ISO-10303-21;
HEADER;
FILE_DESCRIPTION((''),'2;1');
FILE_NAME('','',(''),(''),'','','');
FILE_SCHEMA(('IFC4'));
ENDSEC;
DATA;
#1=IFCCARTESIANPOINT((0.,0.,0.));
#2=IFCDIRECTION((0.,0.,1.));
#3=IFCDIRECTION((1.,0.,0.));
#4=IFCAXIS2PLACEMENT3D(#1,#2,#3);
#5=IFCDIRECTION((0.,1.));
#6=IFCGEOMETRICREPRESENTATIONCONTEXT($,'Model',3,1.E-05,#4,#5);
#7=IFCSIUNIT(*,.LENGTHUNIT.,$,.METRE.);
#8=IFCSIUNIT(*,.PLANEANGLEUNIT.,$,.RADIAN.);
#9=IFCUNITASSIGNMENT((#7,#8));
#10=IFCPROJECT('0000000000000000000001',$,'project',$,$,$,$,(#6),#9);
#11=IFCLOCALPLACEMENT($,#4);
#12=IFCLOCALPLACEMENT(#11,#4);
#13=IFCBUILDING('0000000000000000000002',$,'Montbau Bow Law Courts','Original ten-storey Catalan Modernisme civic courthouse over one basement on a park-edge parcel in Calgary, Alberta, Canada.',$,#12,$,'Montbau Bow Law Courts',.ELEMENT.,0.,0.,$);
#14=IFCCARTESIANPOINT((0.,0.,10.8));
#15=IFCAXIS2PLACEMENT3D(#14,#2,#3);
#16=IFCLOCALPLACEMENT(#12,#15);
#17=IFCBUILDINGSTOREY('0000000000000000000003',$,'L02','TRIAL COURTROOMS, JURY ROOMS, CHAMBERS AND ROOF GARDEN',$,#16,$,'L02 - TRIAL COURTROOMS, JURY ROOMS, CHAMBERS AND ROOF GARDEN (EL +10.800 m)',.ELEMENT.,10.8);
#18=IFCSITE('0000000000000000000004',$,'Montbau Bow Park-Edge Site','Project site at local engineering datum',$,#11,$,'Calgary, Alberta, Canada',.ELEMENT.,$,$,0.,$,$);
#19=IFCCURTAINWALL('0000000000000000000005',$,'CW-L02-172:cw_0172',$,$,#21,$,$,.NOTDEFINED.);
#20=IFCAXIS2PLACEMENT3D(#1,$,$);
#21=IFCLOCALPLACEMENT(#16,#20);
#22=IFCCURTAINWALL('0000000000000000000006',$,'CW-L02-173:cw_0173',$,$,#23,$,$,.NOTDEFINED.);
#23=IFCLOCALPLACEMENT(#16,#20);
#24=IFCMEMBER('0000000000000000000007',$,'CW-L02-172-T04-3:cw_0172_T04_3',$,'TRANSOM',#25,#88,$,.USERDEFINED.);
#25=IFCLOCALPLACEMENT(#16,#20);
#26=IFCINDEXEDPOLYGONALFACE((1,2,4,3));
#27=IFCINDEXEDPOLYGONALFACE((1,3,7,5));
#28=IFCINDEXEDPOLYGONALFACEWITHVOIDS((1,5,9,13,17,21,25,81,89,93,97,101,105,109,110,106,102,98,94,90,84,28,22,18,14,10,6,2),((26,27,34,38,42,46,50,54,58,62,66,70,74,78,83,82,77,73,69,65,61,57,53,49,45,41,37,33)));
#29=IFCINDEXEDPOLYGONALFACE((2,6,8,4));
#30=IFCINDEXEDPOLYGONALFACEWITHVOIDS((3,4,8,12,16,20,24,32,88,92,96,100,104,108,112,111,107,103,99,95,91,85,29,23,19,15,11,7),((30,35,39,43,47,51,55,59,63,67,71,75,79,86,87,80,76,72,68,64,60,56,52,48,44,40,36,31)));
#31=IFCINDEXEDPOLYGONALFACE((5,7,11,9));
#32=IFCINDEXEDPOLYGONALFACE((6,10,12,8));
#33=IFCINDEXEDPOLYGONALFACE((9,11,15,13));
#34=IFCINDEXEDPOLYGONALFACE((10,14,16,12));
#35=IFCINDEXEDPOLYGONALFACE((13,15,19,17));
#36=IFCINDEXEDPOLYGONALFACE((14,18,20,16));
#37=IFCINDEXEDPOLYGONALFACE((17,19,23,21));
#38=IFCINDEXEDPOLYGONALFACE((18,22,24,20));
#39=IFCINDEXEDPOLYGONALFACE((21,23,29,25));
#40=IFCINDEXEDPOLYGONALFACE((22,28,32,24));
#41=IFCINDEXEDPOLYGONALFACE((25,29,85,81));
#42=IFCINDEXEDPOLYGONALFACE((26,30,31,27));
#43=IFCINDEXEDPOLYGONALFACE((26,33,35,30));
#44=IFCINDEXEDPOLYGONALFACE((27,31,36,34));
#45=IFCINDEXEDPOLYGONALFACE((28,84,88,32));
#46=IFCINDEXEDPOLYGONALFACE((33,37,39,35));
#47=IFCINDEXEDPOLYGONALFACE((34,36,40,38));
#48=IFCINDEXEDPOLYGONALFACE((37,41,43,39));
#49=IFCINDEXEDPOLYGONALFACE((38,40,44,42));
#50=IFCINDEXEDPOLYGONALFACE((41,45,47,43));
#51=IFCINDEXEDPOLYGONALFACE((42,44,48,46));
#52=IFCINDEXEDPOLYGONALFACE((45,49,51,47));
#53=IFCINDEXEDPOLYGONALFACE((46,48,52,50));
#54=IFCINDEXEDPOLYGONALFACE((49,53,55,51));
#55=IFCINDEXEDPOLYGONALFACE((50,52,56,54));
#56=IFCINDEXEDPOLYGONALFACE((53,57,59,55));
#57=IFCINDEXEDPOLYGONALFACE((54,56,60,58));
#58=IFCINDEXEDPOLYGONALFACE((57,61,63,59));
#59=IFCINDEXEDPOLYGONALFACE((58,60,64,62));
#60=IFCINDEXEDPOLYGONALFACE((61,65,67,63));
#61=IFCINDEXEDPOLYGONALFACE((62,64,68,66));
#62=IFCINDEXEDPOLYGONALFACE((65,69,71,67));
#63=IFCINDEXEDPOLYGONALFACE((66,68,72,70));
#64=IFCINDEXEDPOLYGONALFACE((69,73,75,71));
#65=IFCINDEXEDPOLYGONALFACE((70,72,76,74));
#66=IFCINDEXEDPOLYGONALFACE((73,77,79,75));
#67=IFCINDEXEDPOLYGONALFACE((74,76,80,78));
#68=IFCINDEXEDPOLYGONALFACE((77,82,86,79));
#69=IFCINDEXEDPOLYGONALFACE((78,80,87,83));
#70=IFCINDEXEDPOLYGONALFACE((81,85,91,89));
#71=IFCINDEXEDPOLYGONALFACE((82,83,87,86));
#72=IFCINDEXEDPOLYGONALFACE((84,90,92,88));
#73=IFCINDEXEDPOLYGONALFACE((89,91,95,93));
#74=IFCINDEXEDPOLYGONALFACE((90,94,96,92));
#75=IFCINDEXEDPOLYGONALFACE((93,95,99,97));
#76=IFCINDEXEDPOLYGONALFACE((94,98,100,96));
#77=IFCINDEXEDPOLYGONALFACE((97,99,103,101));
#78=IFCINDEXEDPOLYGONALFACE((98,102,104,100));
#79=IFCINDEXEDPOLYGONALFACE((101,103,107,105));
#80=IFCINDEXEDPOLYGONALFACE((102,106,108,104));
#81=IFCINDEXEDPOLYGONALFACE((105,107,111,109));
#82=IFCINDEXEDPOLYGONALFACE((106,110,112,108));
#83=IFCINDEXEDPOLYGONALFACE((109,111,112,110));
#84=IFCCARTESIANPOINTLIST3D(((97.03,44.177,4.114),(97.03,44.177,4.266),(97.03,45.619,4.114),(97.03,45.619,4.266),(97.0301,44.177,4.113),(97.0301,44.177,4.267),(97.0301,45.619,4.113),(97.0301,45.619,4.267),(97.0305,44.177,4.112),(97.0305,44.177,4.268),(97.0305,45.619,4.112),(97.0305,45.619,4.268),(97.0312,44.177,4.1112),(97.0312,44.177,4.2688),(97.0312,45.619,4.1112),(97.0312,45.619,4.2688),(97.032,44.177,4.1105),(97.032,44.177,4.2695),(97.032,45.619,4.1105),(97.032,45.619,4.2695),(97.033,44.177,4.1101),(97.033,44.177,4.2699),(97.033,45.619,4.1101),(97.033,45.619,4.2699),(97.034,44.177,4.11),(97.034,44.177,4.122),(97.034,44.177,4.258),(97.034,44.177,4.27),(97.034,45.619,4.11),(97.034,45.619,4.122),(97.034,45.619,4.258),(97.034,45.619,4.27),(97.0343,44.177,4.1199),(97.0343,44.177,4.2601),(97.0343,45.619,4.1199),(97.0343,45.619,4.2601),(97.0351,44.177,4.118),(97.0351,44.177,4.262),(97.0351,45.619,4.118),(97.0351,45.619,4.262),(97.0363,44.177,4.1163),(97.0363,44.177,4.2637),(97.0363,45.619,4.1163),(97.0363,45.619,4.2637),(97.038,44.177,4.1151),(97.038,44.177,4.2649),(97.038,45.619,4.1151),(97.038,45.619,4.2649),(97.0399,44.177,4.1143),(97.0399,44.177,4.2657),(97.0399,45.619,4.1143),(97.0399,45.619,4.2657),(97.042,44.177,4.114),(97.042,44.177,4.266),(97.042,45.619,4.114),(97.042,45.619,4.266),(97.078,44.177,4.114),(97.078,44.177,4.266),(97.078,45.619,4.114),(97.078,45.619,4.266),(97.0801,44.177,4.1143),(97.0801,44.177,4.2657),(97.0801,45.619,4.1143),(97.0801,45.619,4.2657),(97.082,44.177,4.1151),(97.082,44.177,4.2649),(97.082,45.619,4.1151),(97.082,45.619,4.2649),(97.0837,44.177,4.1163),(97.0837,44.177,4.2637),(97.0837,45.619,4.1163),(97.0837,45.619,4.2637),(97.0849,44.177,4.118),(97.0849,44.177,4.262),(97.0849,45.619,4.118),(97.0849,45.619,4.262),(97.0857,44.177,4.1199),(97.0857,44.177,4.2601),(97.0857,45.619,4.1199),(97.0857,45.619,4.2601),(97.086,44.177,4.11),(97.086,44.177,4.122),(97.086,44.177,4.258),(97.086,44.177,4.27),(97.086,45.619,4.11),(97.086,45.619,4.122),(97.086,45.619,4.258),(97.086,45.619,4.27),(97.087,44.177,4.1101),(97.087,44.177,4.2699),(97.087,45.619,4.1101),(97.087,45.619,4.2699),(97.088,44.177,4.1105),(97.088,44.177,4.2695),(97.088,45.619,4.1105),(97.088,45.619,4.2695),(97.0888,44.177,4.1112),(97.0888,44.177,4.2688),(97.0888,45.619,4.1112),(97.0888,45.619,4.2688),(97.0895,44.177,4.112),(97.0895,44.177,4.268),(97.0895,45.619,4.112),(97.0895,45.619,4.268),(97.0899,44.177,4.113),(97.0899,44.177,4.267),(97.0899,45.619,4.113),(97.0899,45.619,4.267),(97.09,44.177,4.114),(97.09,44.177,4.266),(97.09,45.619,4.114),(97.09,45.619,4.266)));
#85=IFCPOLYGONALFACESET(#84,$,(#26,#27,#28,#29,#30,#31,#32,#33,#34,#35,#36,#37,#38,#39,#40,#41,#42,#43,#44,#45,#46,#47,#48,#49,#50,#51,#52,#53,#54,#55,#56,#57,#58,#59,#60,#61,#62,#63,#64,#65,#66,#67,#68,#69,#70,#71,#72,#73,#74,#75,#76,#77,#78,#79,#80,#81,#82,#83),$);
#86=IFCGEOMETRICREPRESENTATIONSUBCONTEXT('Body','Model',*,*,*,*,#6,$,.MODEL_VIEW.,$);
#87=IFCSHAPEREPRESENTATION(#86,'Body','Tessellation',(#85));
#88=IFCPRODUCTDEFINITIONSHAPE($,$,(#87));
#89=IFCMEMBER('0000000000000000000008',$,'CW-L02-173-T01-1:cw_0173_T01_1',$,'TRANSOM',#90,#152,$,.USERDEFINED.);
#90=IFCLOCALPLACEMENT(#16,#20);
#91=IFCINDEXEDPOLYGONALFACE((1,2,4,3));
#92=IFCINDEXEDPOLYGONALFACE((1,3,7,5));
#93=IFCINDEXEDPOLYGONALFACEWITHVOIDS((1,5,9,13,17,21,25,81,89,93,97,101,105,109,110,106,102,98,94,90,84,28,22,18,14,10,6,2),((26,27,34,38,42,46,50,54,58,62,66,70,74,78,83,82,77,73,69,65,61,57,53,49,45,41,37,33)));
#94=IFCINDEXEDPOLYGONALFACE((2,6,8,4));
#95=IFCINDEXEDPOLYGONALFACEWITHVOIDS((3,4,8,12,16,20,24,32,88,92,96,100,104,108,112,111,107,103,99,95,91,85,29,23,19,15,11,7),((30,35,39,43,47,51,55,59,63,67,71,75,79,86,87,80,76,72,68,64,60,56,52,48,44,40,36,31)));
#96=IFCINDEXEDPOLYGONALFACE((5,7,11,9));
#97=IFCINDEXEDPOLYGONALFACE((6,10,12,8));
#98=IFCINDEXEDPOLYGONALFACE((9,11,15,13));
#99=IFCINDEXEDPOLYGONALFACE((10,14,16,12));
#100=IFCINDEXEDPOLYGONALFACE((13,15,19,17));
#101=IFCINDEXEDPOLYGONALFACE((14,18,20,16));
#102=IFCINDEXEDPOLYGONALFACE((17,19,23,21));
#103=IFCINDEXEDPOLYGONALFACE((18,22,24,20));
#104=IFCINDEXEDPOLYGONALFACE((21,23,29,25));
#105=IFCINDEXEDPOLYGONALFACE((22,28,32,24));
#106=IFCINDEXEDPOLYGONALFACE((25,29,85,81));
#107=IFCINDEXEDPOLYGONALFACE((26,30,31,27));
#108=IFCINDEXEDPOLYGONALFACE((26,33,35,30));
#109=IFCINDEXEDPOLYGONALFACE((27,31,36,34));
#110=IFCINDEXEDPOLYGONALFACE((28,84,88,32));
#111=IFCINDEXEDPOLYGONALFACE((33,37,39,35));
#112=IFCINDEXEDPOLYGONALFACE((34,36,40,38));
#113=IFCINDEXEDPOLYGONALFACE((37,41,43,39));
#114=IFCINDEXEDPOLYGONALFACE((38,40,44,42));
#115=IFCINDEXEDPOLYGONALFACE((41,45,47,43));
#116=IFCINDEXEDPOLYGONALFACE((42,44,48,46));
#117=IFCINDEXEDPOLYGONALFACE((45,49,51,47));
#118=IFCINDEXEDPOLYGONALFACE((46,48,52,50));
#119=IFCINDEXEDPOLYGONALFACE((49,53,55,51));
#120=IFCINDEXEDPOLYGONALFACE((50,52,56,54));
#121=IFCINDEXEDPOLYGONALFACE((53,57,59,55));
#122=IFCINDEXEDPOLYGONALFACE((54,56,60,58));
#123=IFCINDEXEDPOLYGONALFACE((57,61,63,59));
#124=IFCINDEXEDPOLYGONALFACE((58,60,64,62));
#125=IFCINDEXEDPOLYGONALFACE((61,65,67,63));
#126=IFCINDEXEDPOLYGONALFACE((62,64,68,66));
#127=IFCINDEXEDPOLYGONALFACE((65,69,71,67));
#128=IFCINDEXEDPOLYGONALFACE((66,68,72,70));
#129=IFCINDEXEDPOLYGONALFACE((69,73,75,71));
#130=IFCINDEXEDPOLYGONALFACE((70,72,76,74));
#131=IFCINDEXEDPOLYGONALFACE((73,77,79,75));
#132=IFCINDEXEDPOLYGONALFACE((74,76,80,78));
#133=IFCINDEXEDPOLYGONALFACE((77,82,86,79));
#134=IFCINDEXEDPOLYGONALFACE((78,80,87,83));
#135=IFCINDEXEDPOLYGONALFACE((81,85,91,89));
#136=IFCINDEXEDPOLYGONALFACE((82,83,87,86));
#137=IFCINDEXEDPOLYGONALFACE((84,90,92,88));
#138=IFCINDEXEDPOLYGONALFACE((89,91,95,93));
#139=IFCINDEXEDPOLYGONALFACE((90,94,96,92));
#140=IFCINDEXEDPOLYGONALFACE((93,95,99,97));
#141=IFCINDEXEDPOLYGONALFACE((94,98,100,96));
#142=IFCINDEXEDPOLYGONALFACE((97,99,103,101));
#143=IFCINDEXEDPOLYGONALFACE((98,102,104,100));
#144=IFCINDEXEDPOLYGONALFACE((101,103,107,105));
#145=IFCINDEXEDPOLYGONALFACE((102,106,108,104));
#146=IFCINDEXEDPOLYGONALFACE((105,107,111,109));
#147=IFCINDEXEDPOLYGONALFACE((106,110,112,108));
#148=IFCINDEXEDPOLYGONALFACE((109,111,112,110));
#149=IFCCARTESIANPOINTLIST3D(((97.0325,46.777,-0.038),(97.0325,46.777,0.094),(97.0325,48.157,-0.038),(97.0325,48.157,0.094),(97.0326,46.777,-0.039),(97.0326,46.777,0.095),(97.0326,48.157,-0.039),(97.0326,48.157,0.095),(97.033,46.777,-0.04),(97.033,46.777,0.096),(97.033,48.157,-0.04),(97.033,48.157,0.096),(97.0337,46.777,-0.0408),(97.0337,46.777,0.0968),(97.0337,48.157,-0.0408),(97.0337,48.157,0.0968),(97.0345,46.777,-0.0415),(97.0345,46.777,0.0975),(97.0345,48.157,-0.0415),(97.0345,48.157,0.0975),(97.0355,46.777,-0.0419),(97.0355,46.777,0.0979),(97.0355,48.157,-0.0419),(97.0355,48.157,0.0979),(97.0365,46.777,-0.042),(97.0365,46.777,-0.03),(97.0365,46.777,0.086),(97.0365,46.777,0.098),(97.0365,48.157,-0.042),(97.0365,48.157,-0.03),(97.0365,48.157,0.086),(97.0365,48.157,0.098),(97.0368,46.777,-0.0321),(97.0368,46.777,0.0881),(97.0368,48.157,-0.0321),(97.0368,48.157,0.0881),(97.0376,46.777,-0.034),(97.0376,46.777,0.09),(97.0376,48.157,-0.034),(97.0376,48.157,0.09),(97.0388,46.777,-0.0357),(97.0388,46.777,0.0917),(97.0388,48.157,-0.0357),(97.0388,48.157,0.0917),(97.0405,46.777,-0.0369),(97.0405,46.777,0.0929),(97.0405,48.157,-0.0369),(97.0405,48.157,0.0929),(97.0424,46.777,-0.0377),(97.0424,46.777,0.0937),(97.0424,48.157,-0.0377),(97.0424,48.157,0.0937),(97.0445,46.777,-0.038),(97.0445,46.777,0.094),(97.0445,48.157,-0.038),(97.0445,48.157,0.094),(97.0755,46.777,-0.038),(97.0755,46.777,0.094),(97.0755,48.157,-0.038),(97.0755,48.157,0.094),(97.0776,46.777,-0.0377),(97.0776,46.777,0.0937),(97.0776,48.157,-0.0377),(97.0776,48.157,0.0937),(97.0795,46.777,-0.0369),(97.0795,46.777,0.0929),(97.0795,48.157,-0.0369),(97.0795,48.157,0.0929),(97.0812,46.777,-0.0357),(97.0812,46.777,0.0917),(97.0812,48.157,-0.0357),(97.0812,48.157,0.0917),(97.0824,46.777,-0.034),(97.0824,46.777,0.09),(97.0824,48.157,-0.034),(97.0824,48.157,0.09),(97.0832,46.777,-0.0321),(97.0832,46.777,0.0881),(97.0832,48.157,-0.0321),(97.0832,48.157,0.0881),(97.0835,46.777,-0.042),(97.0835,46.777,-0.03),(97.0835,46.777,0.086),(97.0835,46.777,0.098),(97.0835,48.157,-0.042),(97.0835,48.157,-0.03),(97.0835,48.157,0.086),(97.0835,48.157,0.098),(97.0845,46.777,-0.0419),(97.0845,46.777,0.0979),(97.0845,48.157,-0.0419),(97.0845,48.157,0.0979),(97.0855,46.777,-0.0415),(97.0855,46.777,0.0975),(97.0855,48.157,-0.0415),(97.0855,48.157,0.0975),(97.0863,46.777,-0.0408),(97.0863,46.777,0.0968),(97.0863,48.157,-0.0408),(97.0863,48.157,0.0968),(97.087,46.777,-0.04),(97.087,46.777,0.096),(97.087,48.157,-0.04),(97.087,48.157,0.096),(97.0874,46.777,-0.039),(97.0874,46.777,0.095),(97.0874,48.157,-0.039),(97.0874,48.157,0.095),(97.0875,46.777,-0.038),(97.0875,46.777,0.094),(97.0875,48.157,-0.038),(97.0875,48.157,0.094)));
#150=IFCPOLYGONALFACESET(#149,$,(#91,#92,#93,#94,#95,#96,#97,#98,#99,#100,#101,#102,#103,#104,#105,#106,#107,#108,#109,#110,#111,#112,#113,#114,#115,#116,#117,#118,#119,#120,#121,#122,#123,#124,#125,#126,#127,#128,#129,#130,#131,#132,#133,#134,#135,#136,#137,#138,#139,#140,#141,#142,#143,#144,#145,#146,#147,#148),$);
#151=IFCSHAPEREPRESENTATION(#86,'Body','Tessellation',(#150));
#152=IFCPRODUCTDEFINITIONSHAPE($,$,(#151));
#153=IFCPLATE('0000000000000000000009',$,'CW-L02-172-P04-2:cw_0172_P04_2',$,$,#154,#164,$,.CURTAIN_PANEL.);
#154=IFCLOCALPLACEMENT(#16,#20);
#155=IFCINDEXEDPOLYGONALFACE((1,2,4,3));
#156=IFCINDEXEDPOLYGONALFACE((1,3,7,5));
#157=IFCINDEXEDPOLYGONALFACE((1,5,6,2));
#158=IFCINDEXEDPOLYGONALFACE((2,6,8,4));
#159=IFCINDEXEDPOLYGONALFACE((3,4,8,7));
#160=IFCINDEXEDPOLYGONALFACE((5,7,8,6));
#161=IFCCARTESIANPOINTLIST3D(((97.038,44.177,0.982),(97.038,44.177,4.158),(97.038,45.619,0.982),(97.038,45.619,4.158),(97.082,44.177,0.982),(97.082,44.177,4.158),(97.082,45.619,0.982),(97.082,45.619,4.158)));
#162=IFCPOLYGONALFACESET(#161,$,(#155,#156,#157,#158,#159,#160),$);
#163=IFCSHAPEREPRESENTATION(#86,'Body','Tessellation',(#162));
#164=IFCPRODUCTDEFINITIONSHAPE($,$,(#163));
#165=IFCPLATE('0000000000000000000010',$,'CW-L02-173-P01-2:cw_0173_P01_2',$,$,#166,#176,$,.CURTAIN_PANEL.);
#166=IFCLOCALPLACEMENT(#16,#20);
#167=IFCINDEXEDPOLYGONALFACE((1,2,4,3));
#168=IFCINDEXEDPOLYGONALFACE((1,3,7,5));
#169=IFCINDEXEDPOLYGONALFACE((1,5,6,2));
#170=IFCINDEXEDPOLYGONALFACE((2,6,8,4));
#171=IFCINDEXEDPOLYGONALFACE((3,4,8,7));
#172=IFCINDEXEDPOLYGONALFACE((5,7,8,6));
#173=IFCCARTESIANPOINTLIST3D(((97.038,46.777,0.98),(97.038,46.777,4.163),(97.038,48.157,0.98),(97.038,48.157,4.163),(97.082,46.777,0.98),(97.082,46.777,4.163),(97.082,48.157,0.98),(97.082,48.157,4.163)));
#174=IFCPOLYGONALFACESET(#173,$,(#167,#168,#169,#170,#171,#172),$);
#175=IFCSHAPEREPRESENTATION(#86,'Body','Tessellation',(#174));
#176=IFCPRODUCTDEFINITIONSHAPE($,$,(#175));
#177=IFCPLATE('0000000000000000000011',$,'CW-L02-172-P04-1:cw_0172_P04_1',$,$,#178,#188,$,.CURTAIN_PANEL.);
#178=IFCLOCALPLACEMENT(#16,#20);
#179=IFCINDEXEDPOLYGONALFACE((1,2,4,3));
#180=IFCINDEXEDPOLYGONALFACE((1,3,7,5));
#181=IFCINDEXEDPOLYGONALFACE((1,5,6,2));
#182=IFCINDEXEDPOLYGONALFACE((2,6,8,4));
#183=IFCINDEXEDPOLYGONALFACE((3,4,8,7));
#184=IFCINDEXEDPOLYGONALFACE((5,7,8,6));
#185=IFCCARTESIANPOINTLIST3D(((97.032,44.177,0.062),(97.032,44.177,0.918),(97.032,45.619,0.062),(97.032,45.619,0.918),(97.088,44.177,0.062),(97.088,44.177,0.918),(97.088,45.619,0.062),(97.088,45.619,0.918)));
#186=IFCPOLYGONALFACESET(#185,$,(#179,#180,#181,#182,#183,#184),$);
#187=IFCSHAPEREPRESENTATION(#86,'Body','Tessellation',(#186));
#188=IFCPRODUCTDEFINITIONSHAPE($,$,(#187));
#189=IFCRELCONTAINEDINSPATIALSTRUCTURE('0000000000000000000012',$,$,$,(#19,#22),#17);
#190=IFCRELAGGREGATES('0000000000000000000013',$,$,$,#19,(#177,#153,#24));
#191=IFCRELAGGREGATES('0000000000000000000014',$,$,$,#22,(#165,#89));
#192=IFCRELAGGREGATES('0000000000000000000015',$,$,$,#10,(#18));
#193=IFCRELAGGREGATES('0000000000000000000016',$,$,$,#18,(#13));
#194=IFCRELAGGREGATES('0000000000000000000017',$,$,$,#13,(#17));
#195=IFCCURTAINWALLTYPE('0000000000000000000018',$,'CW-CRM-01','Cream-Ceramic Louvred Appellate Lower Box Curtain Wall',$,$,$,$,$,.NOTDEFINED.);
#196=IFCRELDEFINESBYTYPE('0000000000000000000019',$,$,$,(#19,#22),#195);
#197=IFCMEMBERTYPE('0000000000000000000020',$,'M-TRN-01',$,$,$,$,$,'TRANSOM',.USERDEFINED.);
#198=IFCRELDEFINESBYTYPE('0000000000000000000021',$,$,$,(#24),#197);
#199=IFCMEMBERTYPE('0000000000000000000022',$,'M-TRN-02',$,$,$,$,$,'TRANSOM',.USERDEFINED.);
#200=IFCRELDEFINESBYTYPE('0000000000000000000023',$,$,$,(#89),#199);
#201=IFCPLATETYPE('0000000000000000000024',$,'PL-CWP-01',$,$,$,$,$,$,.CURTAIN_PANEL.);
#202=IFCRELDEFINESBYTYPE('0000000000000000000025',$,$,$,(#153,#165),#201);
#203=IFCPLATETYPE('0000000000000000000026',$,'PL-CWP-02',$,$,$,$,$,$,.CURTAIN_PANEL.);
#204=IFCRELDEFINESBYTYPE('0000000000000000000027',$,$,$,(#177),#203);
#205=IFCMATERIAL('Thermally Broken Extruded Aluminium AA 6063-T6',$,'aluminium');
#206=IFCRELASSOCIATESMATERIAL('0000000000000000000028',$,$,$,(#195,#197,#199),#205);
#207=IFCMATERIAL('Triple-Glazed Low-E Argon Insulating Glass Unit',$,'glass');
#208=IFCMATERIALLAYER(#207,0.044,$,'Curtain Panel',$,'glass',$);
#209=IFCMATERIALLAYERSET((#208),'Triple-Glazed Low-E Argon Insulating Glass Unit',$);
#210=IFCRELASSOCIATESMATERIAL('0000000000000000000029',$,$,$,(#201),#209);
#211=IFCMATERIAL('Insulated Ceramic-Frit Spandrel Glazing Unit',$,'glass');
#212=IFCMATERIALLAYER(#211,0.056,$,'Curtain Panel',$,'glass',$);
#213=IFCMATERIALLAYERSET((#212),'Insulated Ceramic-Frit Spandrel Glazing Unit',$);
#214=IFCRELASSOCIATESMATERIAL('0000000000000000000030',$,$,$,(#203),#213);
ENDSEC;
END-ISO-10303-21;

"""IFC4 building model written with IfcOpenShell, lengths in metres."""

from ifc_helpers import new_model, si_unit, direction, frame, frame_2d, origin_with_axes, origin_2d_with_axis, place, context, subcontext, project, spatial, rectangle, hollow_rectangle, extrude, material, layer, layer_set, material_profile, profile_set, type_object, element, aggregate, save


model = new_model("IFC4")

# Units and contexts
model_context = context("Model", 3, precision=1e-05, world=origin_with_axes(), true_north=direction((0.0, 1.0)))
body_context = subcontext(model_context, "Body", "Model", "MODEL_VIEW")
ifc_project = project(units=[si_unit("LENGTHUNIT", "METRE"), si_unit("PLANEANGLEUNIT", "RADIAN")], contexts=[model_context])

# Site, building, storey
site_placement = place(None, origin_with_axes())
site = spatial("IfcSite", under=ifc_project, at=site_placement, Name="Montbau Bow Park-Edge Site", Description="Project site at local engineering datum", LongName="Calgary, Alberta, Canada", CompositionType="ELEMENT", RefElevation=0.0)
building_placement = place(site_placement, origin_with_axes())
building = spatial("IfcBuilding", under=site, at=building_placement, Name="Montbau Bow Law Courts", Description="Original ten-storey Catalan Modernisme civic courthouse over one basement on a park-edge parcel in Calgary, Alberta, Canada.", LongName="Montbau Bow Law Courts", CompositionType="ELEMENT", ElevationOfRefHeight=0.0, ElevationOfTerrain=0.0)
storey_placement = place(building_placement, frame((0.0, 0.0, 10.8), z_axis=(0.0, 0.0, 1.0), x_axis=(1.0, 0.0, 0.0)))
storey = spatial("IfcBuildingStorey", under=building, at=storey_placement, Name="L02", Description="TRIAL COURTROOMS, JURY ROOMS, CHAMBERS AND ROOF GARDEN", LongName="L02 - TRIAL COURTROOMS, JURY ROOMS, CHAMBERS AND ROOF GARDEN (EL +10.800 m)", CompositionType="ELEMENT", Elevation=10.8)

# Curtain wall
ifc_material_1 = material(Name="Thermally Broken Extruded Aluminium AA 6063-T6", Category="aluminium")
curtain_wall_type = type_object("IfcCurtainWallType", Name="CW-CRM-01", Description="Cream-Ceramic Louvred Appellate Lower Box Curtain Wall", PredefinedType="NOTDEFINED", material=ifc_material_1)
curtain_wall_1_placement = place(None, frame((97.06, 39.515, 10.8), z_axis=(0.0, 0.0, 1.0), x_axis=(1.0, 0.0, 0.0)))
curtain_wall_1 = element("IfcCurtainWall", 1, at=curtain_wall_1_placement, inside=storey, type_object=curtain_wall_type, Name="CW-L02-172:cw_0172", PredefinedType="NOTDEFINED")

# Curtain wall
curtain_wall_2_placement = place(None, frame((97.06, 46.715, 10.8), z_axis=(0.0, 0.0, 1.0), x_axis=(1.0, 0.0, 0.0)))
curtain_wall_2 = element("IfcCurtainWall", 2, at=curtain_wall_2_placement, inside=storey, type_object=curtain_wall_type, Name="CW-L02-173:cw_0173", PredefinedType="NOTDEFINED")

# Members
ifc_material_profile_1 = material_profile(ifc_material_1, hollow_rectangle(XDim=0.06, YDim=0.16, WallThickness=0.004, InnerFilletRadius=0.008, OuterFilletRadius=0.004, at=origin_2d_with_axis()), Name="CWT-160X60", Category="Main", Priority=0)
ifc_profile_set_1 = profile_set([ifc_material_profile_1], Name="Thermally Broken Extruded Aluminium AA 6063-T6")
member_type_1 = type_object("IfcMemberType", Name="M-TRN-01", ElementType="TRANSOM", PredefinedType="USERDEFINED", material=ifc_profile_set_1)
member_1_placement = place(None, frame((97.06, 44.177, 14.99), z_axis=(0.0, 1.0, 0.0), x_axis=(-1.0, 0.0, 0.0)))
member_1 = element("IfcMember", 3, at=member_1_placement, type_object=member_type_1, Name="CW-L02-172-T04-3:cw_0172_T04_3", ObjectType="TRANSOM", PredefinedType="USERDEFINED", context=body_context, shape_type="SweptSolid", body=[
    extrude(hollow_rectangle(XDim=0.06, YDim=0.16, WallThickness=0.004, InnerFilletRadius=0.008, OuterFilletRadius=0.004, at=origin_2d_with_axis()), origin_with_axes(), (0.0, 0.0, 1.0), 1.442),
])
ifc_material_profile_2 = material_profile(ifc_material_1, hollow_rectangle(XDim=0.055, YDim=0.14, WallThickness=0.004, InnerFilletRadius=0.008, OuterFilletRadius=0.004, at=origin_2d_with_axis()), Name="CWT-140X55", Category="Main", Priority=0)
ifc_profile_set_2 = profile_set([ifc_material_profile_2], Name="Thermally Broken Extruded Aluminium AA 6063-T6")
member_type_2 = type_object("IfcMemberType", Name="M-TRN-02", ElementType="TRANSOM", PredefinedType="USERDEFINED", material=ifc_profile_set_2)
member_2_placement = place(None, frame((97.06, 46.777, 10.828), z_axis=(0.0, 1.0, 0.0), x_axis=(-1.0, 0.0, 0.0)))
member_2 = element("IfcMember", 4, at=member_2_placement, type_object=member_type_2, Name="CW-L02-173-T01-1:cw_0173_T01_1", ObjectType="TRANSOM", PredefinedType="USERDEFINED", context=body_context, shape_type="SweptSolid", body=[
    extrude(hollow_rectangle(XDim=0.055, YDim=0.14, WallThickness=0.004, InnerFilletRadius=0.008, OuterFilletRadius=0.004, at=origin_2d_with_axis()), origin_with_axes(), (0.0, 0.0, 1.0), 1.38),
])

# Plates
ifc_material_2 = material(Name="Triple-Glazed Low-E Argon Insulating Glass Unit", Category="glass")
ifc_layer_1 = layer(ifc_material_2, 0.044, Name="Curtain Panel", Category="glass")
ifc_layer_set_1 = layer_set([ifc_layer_1], Name="Triple-Glazed Low-E Argon Insulating Glass Unit")
plate_type_1 = type_object("IfcPlateType", Name="PL-CWP-01", PredefinedType="CURTAIN_PANEL", material=ifc_layer_set_1)
plate_1_placement = place(None, frame((97.06, 44.177, 11.782), z_axis=(1.0, 0.0, 0.0), x_axis=(0.0, 1.0, 0.0)))
plate_1 = element("IfcPlate", 5, at=plate_1_placement, type_object=plate_type_1, Name="CW-L02-172-P04-2:cw_0172_P04_2", PredefinedType="CURTAIN_PANEL", context=body_context, shape_type="SweptSolid", body=[
    extrude(rectangle(XDim=1.442, YDim=3.176, at=frame_2d((0.721, 1.588), x_axis=(1.0, 0.0))), frame((0.0, 0.0, -0.022), z_axis=(0.0, 0.0, 1.0), x_axis=(1.0, 0.0, 0.0)), (0.0, 0.0, 1.0), 0.044),
])
plate_2_placement = place(None, frame((97.06, 46.777, 11.78), z_axis=(1.0, 0.0, 0.0), x_axis=(0.0, 1.0, 0.0)))
plate_2 = element("IfcPlate", 6, at=plate_2_placement, type_object=plate_type_1, Name="CW-L02-173-P01-2:cw_0173_P01_2", PredefinedType="CURTAIN_PANEL", context=body_context, shape_type="SweptSolid", body=[
    extrude(rectangle(XDim=1.38, YDim=3.183, at=frame_2d((0.69, 1.5915), x_axis=(1.0, 0.0))), frame((0.0, 0.0, -0.022), z_axis=(0.0, 0.0, 1.0), x_axis=(1.0, 0.0, 0.0)), (0.0, 0.0, 1.0), 0.044),
])
ifc_material_3 = material(Name="Insulated Ceramic-Frit Spandrel Glazing Unit", Category="glass")
ifc_layer_2 = layer(ifc_material_3, 0.056, Name="Curtain Panel", Category="glass")
ifc_layer_set_2 = layer_set([ifc_layer_2], Name="Insulated Ceramic-Frit Spandrel Glazing Unit")
plate_type_2 = type_object("IfcPlateType", Name="PL-CWP-02", PredefinedType="CURTAIN_PANEL", material=ifc_layer_set_2)
plate_3_placement = place(None, frame((97.06, 44.177, 10.862), z_axis=(1.0, 0.0, 0.0), x_axis=(0.0, 1.0, 0.0)))
plate_3 = element("IfcPlate", 7, at=plate_3_placement, type_object=plate_type_2, Name="CW-L02-172-P04-1:cw_0172_P04_1", PredefinedType="CURTAIN_PANEL", context=body_context, shape_type="SweptSolid", body=[
    extrude(rectangle(XDim=1.442, YDim=0.856, at=frame_2d((0.721, 0.428), x_axis=(1.0, 0.0))), frame((0.0, 0.0, -0.028), z_axis=(0.0, 0.0, 1.0), x_axis=(1.0, 0.0, 0.0)), (0.0, 0.0, 1.0), 0.056),
])
aggregate(curtain_wall_1, [plate_3, plate_1, member_1])
aggregate(curtain_wall_2, [plate_2, member_2])

save(model, "model.ifc")
